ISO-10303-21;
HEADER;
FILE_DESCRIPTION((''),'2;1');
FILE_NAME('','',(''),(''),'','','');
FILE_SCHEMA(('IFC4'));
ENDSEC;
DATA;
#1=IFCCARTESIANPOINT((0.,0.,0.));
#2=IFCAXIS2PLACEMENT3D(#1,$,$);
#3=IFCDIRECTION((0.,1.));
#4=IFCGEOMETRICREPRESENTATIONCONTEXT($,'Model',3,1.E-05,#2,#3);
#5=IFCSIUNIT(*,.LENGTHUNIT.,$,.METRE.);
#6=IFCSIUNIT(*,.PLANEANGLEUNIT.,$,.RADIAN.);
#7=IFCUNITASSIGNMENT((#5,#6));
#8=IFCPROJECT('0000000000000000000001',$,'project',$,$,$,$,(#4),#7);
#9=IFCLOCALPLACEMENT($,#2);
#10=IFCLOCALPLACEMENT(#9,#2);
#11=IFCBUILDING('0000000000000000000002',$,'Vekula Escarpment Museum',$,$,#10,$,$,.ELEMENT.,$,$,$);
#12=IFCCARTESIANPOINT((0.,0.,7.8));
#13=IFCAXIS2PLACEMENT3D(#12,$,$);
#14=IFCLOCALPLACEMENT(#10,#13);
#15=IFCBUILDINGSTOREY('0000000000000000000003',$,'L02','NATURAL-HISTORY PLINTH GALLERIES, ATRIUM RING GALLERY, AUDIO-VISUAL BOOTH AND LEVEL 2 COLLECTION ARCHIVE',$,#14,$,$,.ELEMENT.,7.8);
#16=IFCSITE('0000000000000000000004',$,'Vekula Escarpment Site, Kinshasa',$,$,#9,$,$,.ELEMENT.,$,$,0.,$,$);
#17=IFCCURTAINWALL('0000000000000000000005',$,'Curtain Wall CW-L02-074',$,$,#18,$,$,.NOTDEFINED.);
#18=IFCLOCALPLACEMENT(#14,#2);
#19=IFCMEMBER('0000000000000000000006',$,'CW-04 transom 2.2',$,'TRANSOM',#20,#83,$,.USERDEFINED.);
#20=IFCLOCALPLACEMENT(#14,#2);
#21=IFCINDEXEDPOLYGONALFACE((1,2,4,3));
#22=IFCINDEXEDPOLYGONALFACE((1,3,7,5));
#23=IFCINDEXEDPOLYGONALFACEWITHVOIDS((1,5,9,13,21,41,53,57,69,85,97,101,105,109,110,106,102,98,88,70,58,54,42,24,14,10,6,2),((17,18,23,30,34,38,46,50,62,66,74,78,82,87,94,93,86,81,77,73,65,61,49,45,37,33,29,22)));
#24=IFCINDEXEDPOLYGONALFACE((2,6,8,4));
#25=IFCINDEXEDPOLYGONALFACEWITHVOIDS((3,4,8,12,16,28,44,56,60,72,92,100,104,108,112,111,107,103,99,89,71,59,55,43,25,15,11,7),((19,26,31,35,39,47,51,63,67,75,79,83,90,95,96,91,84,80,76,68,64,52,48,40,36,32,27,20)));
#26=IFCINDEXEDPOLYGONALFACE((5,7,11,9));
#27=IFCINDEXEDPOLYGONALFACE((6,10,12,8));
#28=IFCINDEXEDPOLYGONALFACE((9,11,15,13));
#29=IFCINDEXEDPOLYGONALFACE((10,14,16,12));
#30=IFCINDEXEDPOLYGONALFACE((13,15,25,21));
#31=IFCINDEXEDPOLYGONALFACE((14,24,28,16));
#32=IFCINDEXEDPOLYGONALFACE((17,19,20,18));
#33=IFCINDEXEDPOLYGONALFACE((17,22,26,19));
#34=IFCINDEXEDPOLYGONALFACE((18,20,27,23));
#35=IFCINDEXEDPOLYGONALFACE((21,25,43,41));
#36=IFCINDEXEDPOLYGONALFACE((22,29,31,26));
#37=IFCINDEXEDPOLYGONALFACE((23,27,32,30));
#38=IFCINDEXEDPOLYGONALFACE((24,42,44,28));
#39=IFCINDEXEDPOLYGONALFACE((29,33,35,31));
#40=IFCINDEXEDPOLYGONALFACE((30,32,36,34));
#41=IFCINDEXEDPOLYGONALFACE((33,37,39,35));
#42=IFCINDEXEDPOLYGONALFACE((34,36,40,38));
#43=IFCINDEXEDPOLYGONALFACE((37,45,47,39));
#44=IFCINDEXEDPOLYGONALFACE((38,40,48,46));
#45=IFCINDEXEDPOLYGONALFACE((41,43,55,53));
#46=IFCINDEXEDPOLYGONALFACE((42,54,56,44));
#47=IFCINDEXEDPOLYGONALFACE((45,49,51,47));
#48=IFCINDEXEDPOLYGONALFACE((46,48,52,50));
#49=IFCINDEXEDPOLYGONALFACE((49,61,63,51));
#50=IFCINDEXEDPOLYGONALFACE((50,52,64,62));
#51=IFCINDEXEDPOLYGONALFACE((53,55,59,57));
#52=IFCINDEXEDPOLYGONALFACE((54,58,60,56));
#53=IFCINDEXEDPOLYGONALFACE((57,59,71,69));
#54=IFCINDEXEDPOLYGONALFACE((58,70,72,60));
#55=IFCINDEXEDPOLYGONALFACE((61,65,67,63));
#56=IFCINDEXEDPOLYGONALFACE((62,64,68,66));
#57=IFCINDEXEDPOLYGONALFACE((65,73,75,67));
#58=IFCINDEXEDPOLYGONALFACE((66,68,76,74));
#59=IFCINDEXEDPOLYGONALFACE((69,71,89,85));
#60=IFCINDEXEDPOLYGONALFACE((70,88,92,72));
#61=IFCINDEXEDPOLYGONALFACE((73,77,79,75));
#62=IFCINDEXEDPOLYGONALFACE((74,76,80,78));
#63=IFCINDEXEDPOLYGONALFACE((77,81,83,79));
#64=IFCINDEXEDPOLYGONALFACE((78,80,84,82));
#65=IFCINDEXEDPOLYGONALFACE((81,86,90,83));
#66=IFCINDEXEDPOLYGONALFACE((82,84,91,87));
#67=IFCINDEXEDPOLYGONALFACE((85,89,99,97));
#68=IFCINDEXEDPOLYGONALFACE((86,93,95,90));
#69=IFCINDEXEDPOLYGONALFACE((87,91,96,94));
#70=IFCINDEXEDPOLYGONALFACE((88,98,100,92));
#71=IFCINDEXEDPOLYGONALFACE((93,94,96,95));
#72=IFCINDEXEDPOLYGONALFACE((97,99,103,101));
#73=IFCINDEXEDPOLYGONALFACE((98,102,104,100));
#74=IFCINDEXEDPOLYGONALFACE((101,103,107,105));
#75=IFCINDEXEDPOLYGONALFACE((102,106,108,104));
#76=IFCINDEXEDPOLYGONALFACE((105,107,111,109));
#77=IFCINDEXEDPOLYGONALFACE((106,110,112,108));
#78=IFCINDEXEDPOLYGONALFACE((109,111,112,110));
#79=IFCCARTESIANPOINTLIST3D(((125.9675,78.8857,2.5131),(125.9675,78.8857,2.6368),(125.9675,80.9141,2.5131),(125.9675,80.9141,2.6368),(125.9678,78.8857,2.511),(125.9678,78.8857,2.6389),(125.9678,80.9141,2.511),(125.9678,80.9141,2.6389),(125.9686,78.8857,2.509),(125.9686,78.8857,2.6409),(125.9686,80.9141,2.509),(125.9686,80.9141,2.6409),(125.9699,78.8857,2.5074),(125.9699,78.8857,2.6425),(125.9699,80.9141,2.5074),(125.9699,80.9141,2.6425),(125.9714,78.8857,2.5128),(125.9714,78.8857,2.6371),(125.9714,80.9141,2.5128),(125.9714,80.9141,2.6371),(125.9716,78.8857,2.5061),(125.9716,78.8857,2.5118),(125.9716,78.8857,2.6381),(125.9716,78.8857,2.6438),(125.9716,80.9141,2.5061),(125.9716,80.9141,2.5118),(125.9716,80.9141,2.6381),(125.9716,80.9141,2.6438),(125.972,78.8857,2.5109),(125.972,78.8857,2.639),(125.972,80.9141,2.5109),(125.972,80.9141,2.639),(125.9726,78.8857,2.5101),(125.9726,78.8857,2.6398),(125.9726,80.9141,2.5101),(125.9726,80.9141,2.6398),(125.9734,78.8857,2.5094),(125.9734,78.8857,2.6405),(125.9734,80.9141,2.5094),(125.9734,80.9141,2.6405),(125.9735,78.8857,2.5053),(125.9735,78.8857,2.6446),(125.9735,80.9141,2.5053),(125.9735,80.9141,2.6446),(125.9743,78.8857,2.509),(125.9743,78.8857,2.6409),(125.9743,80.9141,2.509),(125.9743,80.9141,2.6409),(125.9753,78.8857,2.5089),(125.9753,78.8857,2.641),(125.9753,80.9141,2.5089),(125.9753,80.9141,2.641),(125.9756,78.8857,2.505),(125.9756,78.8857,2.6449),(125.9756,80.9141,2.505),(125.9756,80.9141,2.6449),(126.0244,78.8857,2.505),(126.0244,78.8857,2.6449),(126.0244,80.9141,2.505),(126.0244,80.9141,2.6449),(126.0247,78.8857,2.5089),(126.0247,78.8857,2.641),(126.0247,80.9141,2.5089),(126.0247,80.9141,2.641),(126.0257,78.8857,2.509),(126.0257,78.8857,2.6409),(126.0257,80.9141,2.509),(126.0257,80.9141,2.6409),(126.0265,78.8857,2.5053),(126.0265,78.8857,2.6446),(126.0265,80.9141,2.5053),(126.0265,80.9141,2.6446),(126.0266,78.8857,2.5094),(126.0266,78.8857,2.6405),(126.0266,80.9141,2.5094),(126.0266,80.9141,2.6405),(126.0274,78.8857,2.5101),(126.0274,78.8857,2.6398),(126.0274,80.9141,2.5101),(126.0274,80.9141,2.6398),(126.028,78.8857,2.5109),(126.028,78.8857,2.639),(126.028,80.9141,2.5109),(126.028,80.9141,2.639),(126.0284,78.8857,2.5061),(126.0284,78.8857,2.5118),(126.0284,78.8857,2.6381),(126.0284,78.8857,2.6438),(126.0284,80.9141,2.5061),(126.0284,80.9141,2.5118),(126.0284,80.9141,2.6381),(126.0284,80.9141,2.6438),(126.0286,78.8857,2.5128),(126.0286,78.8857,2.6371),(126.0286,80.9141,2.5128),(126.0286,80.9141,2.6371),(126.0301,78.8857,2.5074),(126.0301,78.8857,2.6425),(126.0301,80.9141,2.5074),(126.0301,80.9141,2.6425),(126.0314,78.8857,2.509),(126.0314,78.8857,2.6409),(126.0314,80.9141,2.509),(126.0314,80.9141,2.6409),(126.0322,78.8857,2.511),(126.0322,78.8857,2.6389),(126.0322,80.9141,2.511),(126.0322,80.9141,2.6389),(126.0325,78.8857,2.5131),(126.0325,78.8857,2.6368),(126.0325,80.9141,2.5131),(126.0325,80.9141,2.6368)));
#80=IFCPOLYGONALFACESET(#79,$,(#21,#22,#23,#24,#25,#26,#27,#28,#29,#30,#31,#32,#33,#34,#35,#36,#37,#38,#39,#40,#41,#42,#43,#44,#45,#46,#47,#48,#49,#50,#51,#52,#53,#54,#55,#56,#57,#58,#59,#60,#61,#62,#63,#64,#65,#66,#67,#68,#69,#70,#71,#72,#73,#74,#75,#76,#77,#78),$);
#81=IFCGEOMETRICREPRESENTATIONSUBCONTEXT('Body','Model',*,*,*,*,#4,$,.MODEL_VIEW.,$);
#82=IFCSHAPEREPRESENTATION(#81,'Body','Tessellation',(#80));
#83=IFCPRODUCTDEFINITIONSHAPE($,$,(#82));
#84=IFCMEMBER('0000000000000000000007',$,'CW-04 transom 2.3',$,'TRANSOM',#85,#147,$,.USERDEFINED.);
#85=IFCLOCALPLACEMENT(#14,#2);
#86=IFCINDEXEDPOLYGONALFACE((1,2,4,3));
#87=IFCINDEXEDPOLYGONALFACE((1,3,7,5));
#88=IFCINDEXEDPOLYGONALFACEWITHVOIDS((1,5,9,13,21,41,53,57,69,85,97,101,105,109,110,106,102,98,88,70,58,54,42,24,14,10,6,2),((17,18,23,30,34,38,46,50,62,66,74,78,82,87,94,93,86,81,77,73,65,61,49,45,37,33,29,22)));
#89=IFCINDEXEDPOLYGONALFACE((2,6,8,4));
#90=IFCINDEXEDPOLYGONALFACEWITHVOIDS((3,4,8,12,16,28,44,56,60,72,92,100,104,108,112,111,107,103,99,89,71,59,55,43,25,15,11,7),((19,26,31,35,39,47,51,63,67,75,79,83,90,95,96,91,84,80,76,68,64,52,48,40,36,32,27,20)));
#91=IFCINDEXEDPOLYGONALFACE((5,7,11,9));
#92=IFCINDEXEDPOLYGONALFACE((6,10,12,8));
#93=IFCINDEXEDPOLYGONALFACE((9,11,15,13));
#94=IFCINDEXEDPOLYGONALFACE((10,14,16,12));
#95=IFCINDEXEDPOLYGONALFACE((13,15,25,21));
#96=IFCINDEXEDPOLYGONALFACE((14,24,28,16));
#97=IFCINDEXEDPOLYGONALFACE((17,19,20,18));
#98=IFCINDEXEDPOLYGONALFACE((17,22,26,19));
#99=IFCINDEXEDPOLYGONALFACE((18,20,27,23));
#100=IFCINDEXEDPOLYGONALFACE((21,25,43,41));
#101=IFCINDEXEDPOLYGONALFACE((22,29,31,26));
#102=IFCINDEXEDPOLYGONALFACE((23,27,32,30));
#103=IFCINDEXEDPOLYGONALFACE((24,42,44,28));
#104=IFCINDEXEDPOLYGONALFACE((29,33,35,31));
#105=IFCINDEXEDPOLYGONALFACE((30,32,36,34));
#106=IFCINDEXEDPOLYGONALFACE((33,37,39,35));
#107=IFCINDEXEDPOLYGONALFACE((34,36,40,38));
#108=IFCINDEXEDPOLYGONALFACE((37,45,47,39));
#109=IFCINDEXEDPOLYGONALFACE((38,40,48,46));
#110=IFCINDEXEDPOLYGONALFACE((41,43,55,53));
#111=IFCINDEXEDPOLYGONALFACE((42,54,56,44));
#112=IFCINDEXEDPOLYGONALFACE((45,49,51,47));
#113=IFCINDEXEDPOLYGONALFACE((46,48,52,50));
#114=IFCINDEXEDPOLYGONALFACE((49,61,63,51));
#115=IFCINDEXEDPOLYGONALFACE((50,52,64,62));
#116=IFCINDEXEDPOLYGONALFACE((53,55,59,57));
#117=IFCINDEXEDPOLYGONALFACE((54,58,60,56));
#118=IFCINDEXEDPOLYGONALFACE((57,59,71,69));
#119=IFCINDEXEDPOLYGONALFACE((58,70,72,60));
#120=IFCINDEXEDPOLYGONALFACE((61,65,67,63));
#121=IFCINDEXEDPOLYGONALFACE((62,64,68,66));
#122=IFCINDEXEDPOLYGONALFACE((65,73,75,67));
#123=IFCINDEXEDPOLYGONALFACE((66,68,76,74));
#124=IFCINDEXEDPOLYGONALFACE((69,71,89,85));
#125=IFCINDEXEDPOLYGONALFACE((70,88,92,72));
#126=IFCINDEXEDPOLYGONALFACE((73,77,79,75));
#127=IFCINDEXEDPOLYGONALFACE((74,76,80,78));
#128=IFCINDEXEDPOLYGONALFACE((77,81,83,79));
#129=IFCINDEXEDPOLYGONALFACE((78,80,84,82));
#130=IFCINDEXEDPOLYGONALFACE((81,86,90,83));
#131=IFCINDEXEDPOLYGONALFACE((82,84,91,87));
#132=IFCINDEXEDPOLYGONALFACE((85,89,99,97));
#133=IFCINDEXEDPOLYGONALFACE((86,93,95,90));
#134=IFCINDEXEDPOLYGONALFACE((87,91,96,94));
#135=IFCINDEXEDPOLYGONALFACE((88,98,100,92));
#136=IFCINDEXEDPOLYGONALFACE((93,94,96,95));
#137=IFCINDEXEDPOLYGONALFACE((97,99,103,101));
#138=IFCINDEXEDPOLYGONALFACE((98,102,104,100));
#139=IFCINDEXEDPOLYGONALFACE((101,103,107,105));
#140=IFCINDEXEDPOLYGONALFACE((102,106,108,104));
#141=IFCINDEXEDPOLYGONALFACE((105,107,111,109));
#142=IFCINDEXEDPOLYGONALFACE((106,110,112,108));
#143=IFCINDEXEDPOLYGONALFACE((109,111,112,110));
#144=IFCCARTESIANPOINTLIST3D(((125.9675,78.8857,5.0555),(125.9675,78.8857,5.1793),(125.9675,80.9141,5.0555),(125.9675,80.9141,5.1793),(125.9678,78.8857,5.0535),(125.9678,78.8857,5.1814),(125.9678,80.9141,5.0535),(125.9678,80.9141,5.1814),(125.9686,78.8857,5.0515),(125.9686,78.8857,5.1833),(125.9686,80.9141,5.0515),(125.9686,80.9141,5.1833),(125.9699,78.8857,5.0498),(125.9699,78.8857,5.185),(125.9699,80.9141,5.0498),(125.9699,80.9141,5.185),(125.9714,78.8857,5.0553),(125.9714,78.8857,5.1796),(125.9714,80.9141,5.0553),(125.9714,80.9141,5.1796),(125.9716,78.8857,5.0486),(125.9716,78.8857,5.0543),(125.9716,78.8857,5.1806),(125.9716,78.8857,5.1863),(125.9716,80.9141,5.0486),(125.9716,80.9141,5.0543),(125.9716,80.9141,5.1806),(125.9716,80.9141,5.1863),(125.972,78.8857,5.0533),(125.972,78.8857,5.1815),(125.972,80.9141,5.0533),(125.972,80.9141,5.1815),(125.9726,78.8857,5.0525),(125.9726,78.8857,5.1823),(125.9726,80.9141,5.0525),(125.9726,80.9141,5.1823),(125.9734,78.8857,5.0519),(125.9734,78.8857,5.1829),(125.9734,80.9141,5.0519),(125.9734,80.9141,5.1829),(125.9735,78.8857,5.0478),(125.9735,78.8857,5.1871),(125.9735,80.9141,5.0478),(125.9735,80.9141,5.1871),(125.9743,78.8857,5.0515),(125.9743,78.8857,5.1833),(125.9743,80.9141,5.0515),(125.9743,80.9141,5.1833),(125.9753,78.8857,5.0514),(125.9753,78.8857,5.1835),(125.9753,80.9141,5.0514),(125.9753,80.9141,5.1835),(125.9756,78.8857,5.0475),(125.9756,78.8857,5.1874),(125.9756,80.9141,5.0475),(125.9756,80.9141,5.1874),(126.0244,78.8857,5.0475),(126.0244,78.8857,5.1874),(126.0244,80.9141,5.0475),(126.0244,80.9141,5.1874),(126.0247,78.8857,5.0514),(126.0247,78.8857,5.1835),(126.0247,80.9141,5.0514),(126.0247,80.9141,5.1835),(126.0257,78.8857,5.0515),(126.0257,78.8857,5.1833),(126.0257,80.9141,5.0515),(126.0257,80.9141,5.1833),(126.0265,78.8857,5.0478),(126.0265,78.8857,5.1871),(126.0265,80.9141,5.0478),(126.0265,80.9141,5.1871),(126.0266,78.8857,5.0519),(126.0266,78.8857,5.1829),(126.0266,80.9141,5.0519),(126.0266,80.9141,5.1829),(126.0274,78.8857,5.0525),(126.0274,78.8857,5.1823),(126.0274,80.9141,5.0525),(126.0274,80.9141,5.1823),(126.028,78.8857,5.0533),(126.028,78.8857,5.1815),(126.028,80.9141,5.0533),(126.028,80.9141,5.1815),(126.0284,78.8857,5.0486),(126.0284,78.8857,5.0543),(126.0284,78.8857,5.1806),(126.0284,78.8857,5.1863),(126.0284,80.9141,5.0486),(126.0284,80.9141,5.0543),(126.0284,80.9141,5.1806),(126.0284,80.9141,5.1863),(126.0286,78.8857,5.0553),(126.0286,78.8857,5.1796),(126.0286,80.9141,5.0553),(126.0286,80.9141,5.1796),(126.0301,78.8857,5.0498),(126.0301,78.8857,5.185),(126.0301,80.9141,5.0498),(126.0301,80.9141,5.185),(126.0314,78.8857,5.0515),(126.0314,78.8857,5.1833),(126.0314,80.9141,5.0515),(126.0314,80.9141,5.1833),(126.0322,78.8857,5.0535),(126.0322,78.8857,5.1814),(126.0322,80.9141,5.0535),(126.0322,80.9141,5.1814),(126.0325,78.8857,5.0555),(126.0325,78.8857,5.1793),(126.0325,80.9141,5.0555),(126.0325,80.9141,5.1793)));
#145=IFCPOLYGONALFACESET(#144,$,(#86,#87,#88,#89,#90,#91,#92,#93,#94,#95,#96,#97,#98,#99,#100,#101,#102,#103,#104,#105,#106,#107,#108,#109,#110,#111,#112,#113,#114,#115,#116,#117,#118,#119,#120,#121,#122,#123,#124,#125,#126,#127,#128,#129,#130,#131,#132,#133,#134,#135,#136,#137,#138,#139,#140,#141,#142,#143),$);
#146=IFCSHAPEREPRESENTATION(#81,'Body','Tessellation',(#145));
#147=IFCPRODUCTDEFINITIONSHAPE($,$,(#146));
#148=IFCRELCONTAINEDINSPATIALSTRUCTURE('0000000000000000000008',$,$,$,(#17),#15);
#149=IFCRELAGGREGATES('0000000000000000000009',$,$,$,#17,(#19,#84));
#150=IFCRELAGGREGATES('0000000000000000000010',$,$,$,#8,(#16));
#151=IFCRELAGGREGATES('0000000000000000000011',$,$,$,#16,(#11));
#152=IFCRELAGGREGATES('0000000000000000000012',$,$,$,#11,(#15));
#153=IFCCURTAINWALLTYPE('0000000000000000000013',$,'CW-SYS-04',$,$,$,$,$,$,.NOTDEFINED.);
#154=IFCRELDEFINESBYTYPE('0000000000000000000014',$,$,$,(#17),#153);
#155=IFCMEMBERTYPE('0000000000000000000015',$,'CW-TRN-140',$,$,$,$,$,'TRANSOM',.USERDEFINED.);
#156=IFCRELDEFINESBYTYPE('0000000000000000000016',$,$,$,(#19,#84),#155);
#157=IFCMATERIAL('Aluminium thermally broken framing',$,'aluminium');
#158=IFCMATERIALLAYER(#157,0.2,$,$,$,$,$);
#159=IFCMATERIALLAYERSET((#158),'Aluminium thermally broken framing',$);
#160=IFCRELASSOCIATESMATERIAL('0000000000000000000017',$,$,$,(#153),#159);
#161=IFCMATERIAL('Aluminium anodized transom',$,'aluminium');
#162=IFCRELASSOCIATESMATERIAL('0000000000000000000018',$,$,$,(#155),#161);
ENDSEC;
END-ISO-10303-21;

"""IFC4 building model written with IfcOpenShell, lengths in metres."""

from ifc_helpers import new_model, si_unit, direction, frame, origin, origin_2d, place, context, subcontext, project, spatial, hollow_rectangle, extrude, material, layer, layer_set, material_profile, profile_set, type_object, element, aggregate, save


model = new_model("IFC4")

# Units and contexts
model_context = context("Model", 3, precision=1e-05, world=origin(), true_north=direction((0.0, 1.0)))
body_context = subcontext(model_context, "Body", "Model", "MODEL_VIEW")
ifc_project = project(units=[si_unit("LENGTHUNIT", "METRE"), si_unit("PLANEANGLEUNIT", "RADIAN")], contexts=[model_context])

# Site, building, storey
site_placement = place(None, origin())
site = spatial("IfcSite", under=ifc_project, at=site_placement, Name="Vekula Escarpment Site, Kinshasa", CompositionType="ELEMENT", RefElevation=0.0)
building_placement = place(site_placement, origin())
building = spatial("IfcBuilding", under=site, at=building_placement, Name="Vekula Escarpment Museum", CompositionType="ELEMENT")
storey_placement = place(building_placement, frame((0.0, 0.0, 7.8)))
storey = spatial("IfcBuildingStorey", under=building, at=storey_placement, Name="L02", Description="NATURAL-HISTORY PLINTH GALLERIES, ATRIUM RING GALLERY, AUDIO-VISUAL BOOTH AND LEVEL 2 COLLECTION ARCHIVE", CompositionType="ELEMENT", Elevation=7.8)

# Curtain wall
ifc_material_1 = material(Name="Aluminium thermally broken framing", Category="aluminium")
ifc_layer_1 = layer(ifc_material_1, 0.2)
ifc_layer_set_1 = layer_set([ifc_layer_1], Name="Aluminium thermally broken framing")
curtain_wall_type_1 = type_object("IfcCurtainWallType", Name="CW-SYS-04", PredefinedType="NOTDEFINED", material=ifc_layer_set_1)
curtain_wall_1_placement = place(storey_placement, origin())
curtain_wall_1 = element("IfcCurtainWall", 1, at=curtain_wall_1_placement, inside=storey, type_object=curtain_wall_type_1, Name="Curtain Wall CW-L02-074", PredefinedType="NOTDEFINED")

# Members
ifc_material_2 = material(Name="Aluminium anodized transom", Category="aluminium")
ifc_material_profile_1 = material_profile(ifc_material_2, hollow_rectangle(XDim=0.0649, YDim=0.1399, WallThickness=0.0039, InnerFilletRadius=0.0039, OuterFilletRadius=0.0081, at=origin_2d()), Name="ALU 140x65x4")
ifc_profile_set_1 = profile_set([ifc_material_profile_1], Name="Aluminium anodized transom")
member_type_1 = type_object("IfcMemberType", Name="CW-TRN-140", ElementType="TRANSOM", PredefinedType="USERDEFINED", material=ifc_profile_set_1)
member_1_placement = place(storey_placement, frame((126.0, 78.8857, 2.575), z_axis=(0.0, 1.0, 0.0), x_axis=(-1.0, 0.0, 0.0)))
member_1 = element("IfcMember", 2, at=member_1_placement, type_object=member_type_1, Name="CW-04 transom 2.2", ObjectType="TRANSOM", PredefinedType="USERDEFINED", context=body_context, shape_type="SweptSolid", body=[
    extrude(hollow_rectangle(XDim=0.0649, YDim=0.1399, WallThickness=0.0039, InnerFilletRadius=0.0039, OuterFilletRadius=0.0081, at=origin_2d()), origin(), (0.0, 0.0, 1.0), 2.0283),
])
member_2_placement = place(storey_placement, frame((126.0, 78.8857, 5.1174), z_axis=(0.0, 1.0, 0.0), x_axis=(-1.0, 0.0, 0.0)))
member_2 = element("IfcMember", 3, at=member_2_placement, type_object=member_type_1, Name="CW-04 transom 2.3", ObjectType="TRANSOM", PredefinedType="USERDEFINED", context=body_context, shape_type="SweptSolid", body=[
    extrude(hollow_rectangle(XDim=0.0649, YDim=0.1399, WallThickness=0.0039, InnerFilletRadius=0.0039, OuterFilletRadius=0.0081, at=origin_2d()), origin(), (0.0, 0.0, 1.0), 2.0283),
])

aggregate(curtain_wall_1, [member_1, member_2])

save(model, "model.ifc")
